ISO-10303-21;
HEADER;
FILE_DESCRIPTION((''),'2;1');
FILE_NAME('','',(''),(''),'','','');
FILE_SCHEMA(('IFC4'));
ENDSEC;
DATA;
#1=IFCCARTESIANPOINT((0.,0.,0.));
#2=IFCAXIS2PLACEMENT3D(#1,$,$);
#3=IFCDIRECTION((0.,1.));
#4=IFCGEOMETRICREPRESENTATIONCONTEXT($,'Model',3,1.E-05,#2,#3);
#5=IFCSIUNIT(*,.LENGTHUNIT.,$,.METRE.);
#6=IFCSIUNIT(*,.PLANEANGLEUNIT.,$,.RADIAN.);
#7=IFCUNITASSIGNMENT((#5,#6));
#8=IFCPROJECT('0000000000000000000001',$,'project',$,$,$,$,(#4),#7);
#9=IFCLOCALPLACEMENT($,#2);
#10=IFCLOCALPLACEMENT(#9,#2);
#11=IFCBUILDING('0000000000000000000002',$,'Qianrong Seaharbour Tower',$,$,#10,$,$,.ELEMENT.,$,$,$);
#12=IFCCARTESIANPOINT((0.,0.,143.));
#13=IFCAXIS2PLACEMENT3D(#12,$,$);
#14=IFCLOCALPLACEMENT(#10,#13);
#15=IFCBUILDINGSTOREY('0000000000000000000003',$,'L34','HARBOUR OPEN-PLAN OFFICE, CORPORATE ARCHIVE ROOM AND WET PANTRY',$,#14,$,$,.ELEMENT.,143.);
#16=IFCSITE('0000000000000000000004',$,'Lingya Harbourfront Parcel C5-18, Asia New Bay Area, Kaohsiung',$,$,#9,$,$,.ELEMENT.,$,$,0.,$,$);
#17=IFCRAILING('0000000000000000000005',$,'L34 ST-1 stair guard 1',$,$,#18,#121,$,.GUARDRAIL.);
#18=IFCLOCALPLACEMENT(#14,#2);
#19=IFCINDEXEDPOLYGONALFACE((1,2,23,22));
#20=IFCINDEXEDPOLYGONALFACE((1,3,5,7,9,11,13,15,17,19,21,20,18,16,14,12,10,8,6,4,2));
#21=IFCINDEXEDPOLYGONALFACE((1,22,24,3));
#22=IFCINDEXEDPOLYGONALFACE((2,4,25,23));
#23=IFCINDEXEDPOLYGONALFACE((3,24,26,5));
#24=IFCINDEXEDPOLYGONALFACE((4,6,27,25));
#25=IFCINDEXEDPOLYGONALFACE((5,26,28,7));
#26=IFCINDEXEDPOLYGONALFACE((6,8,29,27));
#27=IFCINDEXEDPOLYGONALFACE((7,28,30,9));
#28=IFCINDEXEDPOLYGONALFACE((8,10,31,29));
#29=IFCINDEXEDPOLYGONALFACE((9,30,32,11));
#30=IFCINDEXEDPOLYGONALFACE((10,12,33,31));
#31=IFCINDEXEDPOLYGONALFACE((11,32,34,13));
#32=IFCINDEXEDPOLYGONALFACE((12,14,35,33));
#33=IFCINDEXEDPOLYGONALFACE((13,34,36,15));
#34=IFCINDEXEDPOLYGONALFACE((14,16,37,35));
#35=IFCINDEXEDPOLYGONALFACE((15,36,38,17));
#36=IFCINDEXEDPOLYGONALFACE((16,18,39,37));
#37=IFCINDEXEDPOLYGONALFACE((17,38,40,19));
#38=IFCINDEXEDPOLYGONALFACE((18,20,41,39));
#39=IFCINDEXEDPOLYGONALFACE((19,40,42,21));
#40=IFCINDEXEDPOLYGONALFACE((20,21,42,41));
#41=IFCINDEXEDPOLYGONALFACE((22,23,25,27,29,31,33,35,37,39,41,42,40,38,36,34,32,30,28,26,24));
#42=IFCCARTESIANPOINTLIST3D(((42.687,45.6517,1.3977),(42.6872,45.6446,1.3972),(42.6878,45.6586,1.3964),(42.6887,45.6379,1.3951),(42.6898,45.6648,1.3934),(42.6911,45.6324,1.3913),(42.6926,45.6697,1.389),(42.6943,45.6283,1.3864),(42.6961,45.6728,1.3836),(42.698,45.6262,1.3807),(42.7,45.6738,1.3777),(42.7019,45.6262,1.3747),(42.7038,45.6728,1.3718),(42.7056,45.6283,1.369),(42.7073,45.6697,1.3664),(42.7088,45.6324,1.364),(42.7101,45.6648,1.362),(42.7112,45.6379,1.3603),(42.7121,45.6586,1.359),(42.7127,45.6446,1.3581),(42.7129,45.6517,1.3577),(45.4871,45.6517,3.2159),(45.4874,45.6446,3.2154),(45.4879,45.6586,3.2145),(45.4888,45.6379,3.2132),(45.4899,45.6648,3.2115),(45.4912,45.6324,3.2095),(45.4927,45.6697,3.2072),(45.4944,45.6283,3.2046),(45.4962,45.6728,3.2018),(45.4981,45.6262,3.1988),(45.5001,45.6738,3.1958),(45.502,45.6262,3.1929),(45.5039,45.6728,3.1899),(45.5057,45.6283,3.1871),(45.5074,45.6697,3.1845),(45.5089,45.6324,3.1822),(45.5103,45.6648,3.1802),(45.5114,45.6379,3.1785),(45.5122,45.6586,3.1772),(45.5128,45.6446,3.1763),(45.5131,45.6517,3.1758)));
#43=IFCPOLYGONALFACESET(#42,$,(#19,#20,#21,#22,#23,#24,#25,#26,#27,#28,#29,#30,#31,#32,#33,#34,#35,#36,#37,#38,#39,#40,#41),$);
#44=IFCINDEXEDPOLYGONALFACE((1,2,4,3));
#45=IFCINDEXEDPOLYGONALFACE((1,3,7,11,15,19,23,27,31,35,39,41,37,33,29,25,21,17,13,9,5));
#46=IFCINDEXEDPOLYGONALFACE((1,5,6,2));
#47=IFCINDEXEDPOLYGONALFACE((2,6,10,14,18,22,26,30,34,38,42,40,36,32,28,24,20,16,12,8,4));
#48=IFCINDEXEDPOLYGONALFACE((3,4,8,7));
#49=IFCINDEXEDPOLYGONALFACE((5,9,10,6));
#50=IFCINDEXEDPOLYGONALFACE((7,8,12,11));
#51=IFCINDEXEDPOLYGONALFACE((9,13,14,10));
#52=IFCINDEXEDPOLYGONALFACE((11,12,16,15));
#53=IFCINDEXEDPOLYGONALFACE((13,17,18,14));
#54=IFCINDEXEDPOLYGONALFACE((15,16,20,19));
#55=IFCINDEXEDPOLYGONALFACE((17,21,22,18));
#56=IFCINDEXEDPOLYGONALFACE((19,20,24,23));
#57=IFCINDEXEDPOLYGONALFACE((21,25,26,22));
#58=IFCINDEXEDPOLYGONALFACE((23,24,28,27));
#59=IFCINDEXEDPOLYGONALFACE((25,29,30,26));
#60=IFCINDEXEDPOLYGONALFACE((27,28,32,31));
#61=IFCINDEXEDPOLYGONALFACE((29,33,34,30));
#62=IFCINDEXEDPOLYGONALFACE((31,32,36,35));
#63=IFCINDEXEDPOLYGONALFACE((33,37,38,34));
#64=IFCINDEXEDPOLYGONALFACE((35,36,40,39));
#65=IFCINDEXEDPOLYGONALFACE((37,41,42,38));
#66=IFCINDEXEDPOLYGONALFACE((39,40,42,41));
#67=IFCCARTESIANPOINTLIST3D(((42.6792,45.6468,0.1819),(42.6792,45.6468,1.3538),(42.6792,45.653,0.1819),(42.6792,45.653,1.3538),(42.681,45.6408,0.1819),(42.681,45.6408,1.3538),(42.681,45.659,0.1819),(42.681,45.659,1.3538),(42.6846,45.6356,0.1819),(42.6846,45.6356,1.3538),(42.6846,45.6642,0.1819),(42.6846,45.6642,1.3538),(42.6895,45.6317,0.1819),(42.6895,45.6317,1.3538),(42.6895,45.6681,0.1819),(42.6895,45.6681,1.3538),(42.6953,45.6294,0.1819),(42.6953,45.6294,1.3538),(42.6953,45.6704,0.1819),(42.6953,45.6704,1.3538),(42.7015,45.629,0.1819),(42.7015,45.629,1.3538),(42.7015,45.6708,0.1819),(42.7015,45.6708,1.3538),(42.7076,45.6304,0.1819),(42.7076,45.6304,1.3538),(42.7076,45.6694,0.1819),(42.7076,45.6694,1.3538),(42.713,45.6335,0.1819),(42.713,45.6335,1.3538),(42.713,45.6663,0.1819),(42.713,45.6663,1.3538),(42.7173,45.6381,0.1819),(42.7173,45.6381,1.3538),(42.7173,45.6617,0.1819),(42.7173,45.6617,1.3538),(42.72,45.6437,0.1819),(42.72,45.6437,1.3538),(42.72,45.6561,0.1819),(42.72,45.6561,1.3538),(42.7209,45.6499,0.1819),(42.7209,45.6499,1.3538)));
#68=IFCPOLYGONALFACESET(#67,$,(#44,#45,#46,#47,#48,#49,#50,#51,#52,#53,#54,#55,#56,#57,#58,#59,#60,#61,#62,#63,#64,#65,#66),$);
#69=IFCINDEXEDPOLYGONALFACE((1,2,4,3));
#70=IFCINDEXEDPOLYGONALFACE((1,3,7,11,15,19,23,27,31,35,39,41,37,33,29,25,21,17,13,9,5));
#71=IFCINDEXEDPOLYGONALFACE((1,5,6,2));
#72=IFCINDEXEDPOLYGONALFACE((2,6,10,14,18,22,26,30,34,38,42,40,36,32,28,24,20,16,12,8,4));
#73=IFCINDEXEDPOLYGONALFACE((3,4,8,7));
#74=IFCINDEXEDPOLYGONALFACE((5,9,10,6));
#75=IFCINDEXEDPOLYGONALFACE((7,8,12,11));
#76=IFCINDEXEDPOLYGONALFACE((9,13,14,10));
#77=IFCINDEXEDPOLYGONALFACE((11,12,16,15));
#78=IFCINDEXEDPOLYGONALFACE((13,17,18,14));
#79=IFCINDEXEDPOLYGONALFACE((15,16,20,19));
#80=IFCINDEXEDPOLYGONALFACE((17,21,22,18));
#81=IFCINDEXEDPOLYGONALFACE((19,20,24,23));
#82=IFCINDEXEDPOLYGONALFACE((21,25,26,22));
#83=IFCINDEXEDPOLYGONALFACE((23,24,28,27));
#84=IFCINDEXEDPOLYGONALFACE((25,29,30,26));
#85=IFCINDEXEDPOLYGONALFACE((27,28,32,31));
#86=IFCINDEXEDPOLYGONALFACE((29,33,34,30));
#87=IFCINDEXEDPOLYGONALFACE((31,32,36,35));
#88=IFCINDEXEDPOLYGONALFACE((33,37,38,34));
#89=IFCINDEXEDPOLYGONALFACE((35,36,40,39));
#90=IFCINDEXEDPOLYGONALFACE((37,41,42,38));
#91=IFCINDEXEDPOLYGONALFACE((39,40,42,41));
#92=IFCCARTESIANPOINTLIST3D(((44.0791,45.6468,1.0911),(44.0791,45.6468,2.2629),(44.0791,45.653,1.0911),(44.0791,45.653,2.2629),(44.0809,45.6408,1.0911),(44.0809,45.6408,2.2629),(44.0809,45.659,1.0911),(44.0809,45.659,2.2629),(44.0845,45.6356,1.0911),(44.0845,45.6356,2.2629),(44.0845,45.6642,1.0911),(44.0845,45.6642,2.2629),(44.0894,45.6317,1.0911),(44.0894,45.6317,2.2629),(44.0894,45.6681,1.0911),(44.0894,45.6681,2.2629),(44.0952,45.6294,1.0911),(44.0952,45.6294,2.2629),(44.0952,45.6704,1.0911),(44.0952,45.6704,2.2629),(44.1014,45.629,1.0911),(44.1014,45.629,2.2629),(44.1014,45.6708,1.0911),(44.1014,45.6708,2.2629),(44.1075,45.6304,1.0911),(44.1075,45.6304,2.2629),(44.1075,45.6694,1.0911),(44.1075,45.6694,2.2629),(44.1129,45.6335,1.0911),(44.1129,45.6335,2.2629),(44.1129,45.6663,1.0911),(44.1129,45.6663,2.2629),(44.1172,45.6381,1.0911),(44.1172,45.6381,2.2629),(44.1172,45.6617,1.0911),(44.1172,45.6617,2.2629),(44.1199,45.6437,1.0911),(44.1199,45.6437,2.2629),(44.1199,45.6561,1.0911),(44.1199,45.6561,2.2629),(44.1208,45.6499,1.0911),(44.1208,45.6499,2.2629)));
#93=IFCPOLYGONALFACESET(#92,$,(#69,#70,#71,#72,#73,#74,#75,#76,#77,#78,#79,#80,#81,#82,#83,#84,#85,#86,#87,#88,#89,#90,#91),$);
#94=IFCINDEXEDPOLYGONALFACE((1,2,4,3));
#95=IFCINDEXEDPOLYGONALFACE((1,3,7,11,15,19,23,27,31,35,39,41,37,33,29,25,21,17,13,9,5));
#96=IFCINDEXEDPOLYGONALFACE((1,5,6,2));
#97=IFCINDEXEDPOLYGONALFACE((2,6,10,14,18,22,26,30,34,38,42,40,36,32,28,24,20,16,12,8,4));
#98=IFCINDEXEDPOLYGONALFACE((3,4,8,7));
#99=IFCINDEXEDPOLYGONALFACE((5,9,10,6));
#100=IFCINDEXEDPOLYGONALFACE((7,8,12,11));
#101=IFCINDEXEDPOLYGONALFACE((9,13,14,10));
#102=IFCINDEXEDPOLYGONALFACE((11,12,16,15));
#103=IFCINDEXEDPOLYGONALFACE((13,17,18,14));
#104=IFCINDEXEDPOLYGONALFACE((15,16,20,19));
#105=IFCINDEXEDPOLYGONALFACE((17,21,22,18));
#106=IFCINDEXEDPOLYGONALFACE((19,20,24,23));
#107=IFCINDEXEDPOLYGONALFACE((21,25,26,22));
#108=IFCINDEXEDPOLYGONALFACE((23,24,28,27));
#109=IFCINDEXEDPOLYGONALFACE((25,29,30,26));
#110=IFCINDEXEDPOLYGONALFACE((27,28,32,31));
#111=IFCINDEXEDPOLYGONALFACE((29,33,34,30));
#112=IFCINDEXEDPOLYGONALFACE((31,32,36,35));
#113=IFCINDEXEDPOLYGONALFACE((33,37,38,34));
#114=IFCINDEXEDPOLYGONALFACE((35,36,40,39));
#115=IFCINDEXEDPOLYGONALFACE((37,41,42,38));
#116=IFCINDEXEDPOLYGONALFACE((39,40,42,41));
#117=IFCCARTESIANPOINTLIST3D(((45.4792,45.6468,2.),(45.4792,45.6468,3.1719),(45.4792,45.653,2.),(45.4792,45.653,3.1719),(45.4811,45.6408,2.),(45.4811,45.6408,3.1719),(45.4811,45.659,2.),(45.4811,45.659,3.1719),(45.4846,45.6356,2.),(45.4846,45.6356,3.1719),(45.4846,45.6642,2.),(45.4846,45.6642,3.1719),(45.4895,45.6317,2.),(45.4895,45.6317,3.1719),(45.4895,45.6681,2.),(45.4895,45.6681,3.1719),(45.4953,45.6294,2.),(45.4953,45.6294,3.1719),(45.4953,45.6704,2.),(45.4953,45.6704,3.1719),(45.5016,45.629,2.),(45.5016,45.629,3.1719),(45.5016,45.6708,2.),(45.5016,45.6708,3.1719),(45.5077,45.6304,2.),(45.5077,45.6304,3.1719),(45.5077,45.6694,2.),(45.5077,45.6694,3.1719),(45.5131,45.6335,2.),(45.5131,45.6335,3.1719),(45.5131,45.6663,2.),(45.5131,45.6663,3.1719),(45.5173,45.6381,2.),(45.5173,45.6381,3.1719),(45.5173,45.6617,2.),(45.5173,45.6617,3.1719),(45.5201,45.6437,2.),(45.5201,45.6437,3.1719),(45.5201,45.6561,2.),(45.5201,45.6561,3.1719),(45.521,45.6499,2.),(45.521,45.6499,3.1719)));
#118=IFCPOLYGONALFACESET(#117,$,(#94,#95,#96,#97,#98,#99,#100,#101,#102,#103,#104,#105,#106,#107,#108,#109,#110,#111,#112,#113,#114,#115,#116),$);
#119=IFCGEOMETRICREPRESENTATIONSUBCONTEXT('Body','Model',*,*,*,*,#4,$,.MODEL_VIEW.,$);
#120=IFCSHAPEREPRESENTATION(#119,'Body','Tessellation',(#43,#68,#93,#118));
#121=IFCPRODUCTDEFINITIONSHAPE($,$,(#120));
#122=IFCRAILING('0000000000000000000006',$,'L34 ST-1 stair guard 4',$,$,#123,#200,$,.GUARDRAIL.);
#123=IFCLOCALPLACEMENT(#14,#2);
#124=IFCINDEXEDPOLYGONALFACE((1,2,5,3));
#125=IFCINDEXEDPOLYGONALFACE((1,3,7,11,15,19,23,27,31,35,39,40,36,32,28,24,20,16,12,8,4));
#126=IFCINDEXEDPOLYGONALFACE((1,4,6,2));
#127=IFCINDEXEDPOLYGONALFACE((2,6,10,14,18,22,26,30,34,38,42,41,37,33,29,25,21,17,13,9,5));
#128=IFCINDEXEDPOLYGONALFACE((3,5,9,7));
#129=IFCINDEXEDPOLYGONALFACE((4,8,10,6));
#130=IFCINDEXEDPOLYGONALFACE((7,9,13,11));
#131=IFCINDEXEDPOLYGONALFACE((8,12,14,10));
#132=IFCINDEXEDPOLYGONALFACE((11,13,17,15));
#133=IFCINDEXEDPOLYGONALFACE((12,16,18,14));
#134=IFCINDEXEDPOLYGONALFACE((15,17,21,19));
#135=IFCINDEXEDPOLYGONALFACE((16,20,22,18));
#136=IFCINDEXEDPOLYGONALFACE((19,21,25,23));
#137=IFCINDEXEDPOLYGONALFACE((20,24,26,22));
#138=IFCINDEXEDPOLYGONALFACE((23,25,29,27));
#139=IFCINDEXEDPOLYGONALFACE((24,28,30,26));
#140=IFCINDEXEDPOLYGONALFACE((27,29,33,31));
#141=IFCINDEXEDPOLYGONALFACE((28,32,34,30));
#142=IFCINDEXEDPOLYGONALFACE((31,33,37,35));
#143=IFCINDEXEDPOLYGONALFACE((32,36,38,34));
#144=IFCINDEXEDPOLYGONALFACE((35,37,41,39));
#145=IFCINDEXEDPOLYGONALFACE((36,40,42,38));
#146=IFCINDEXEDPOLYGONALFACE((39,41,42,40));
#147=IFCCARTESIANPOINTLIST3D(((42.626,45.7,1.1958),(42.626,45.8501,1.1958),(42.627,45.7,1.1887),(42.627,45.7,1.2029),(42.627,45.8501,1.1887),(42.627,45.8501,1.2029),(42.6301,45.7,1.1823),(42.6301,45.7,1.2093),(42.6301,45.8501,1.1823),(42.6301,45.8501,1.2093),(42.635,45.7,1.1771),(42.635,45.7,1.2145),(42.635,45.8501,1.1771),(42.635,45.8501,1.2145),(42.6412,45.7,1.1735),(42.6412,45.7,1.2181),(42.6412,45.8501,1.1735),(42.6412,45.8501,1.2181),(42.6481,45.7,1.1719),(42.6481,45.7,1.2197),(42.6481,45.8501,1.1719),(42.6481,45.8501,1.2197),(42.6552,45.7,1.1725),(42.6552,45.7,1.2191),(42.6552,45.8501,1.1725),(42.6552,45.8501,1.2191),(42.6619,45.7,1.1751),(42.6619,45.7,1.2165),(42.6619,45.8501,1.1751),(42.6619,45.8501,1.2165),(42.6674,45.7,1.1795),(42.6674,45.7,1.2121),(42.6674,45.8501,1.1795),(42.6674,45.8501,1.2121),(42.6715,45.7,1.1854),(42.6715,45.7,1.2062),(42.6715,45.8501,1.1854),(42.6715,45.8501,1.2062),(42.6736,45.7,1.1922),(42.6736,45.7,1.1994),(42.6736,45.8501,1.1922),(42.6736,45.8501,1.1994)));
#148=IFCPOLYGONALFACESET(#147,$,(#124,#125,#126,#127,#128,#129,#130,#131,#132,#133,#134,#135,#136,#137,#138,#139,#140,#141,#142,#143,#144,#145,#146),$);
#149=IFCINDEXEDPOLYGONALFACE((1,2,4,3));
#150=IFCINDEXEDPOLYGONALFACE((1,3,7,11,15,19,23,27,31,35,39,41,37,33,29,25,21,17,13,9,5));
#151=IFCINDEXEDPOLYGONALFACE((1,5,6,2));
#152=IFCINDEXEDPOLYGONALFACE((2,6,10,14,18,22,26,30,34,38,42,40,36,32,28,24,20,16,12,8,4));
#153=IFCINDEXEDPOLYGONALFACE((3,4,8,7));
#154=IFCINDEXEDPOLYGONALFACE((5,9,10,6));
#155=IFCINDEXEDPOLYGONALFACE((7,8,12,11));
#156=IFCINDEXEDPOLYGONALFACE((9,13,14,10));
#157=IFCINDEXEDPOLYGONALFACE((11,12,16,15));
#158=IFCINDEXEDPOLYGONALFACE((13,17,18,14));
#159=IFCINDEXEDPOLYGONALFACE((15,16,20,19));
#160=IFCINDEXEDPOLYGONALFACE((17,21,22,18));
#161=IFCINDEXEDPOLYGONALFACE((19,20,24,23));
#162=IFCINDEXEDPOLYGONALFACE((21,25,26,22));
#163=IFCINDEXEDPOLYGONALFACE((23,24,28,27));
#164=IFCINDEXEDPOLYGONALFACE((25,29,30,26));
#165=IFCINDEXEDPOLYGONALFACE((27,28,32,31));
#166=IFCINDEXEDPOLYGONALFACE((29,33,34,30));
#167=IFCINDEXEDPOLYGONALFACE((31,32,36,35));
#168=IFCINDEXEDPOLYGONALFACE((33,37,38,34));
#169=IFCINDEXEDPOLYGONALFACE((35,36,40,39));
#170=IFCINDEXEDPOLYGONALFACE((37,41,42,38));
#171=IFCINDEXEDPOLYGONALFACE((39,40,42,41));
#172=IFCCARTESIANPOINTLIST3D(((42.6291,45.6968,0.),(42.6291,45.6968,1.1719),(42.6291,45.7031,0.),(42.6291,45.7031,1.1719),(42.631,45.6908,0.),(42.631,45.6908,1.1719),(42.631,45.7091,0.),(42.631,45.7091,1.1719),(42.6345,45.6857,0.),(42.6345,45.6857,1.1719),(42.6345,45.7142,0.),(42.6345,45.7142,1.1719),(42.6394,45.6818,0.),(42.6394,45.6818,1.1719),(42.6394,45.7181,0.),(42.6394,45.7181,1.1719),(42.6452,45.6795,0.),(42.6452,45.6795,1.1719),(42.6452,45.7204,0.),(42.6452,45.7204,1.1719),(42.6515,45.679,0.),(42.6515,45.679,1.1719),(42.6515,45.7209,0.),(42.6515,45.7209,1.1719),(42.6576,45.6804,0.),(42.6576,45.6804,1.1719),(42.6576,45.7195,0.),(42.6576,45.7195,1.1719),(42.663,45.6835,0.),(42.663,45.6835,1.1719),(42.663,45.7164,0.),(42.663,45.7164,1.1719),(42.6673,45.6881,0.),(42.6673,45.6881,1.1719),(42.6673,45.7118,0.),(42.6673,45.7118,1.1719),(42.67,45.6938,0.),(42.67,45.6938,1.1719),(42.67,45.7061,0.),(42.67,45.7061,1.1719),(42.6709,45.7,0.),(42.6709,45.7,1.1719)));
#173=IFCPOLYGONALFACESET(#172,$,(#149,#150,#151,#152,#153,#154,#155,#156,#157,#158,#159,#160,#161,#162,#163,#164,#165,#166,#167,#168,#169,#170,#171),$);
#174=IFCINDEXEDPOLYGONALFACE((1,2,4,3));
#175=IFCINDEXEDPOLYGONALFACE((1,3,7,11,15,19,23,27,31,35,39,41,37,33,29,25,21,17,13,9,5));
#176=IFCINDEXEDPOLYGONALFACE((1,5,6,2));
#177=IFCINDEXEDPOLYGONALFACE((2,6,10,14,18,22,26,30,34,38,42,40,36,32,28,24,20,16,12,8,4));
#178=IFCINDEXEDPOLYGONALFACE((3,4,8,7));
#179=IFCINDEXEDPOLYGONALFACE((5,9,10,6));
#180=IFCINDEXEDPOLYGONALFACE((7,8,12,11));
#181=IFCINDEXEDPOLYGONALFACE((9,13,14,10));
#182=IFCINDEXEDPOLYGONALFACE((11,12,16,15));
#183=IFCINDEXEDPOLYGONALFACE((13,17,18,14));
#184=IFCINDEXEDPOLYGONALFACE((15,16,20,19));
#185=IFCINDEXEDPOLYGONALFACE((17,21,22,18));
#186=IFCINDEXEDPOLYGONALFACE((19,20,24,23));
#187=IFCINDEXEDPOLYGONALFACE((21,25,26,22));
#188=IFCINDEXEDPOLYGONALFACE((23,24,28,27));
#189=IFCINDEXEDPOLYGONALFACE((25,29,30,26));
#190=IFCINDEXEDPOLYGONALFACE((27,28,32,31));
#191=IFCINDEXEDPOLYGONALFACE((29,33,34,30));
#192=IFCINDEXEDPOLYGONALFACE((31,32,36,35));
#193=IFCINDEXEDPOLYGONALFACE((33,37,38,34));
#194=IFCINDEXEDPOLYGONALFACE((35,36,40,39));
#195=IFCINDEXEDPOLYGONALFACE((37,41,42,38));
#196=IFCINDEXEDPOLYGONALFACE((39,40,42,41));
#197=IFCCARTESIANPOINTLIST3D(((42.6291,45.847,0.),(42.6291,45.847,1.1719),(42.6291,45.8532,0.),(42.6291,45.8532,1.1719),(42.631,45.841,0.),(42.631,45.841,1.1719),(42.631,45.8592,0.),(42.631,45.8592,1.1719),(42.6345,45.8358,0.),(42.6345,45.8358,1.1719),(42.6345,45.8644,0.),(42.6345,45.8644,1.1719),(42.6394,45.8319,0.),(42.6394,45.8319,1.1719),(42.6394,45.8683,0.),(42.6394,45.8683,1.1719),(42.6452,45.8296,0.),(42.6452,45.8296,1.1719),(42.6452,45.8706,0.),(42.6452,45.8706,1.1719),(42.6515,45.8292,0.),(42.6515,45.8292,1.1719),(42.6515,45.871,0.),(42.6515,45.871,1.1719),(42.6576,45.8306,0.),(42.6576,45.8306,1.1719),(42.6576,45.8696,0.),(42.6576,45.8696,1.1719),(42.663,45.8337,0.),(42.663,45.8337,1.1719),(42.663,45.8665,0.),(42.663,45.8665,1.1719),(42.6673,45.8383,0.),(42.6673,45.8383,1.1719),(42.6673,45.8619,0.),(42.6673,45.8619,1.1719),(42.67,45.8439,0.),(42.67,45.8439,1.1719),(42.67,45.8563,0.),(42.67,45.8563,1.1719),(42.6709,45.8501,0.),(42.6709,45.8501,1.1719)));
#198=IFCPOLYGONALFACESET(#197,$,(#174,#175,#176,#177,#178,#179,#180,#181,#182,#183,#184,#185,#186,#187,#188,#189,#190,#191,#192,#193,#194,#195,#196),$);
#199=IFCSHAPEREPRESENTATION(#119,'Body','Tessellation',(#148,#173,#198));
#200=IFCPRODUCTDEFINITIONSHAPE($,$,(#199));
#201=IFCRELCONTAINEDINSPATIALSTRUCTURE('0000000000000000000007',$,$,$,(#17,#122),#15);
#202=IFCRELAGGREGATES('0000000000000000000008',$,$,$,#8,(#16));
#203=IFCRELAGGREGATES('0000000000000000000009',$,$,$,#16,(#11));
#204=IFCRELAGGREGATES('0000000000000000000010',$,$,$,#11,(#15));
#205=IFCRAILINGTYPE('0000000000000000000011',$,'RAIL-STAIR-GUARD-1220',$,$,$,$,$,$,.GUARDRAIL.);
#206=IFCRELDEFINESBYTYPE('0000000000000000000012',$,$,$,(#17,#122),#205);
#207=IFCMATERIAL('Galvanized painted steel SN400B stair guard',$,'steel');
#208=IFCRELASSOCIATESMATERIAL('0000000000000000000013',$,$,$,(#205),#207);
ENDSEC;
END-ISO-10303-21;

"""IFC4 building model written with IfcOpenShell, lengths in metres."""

from ifc_helpers import new_model, si_unit, direction, frame, origin, origin_2d, place, context, subcontext, project, spatial, circle, extrude, material, type_object, element, save


model = new_model("IFC4")

# Units and contexts
model_context = context("Model", 3, precision=1e-05, world=origin(), true_north=direction((0.0, 1.0)))
body_context = subcontext(model_context, "Body", "Model", "MODEL_VIEW")
ifc_project = project(units=[si_unit("LENGTHUNIT", "METRE"), si_unit("PLANEANGLEUNIT", "RADIAN")], contexts=[model_context])

# Site, building, storey
site_placement = place(None, origin())
site = spatial("IfcSite", under=ifc_project, at=site_placement, Name="Lingya Harbourfront Parcel C5-18, Asia New Bay Area, Kaohsiung", CompositionType="ELEMENT", RefElevation=0.0)
building_placement = place(site_placement, origin())
building = spatial("IfcBuilding", under=site, at=building_placement, Name="Qianrong Seaharbour Tower", CompositionType="ELEMENT")
storey_placement = place(building_placement, frame((0.0, 0.0, 143.0)))
storey = spatial("IfcBuildingStorey", under=building, at=storey_placement, Name="L34", Description="HARBOUR OPEN-PLAN OFFICE, CORPORATE ARCHIVE ROOM AND WET PANTRY", CompositionType="ELEMENT", Elevation=143.0)

# Railings
ifc_material_1 = material(Name="Galvanized painted steel SN400B stair guard", Category="steel")
railing_type = type_object("IfcRailingType", Name="RAIL-STAIR-GUARD-1220", PredefinedType="GUARDRAIL", material=ifc_material_1)
railing_1_placement = place(storey_placement, frame((42.7, 45.6499, 0.1819)))
element("IfcRailing", 1, at=railing_1_placement, inside=storey, type_object=railing_type, Name="L34 ST-1 stair guard 1", PredefinedType="GUARDRAIL", context=body_context, shape_type="SweptSolid", body=[
    extrude(circle(Radius=0.0239, at=origin_2d()), frame((0.0, 0.0, 1.1958), z_axis=(0.838706, 0.0, 0.544585), x_axis=(0.0, 1.0, 0.0)), (0.0, 0.0, 1.0), 3.3386),
    extrude(circle(Radius=0.021, at=origin_2d()), origin(), (0.0, 0.0, 1.0), 1.1719),
    extrude(circle(Radius=0.021, at=origin_2d()), frame((1.3999, 0.0, 0.9092)), (0.0, 0.0, 1.0), 1.1719),
    extrude(circle(Radius=0.021, at=origin_2d()), frame((2.8, 0.0, 1.8181)), (0.0, 0.0, 1.0), 1.1719),
])
railing_2_placement = place(storey_placement, frame((42.6499, 45.7, 0.0)))
element("IfcRailing", 2, at=railing_2_placement, inside=storey, type_object=railing_type, Name="L34 ST-1 stair guard 4", PredefinedType="GUARDRAIL", context=body_context, shape_type="SweptSolid", body=[
    extrude(circle(Radius=0.0239, at=origin_2d()), frame((0.0, 0.0, 1.1958), z_axis=(0.0, 1.0, 0.0), x_axis=(-1.0, 0.0, 0.0)), (0.0, 0.0, 1.0), 0.1501),
    extrude(circle(Radius=0.021, at=origin_2d()), origin(), (0.0, 0.0, 1.0), 1.1719),
    extrude(circle(Radius=0.021, at=origin_2d()), frame((0.0, 0.1501, 0.0)), (0.0, 0.0, 1.0), 1.1719),
])

save(model, "model.ifc")
